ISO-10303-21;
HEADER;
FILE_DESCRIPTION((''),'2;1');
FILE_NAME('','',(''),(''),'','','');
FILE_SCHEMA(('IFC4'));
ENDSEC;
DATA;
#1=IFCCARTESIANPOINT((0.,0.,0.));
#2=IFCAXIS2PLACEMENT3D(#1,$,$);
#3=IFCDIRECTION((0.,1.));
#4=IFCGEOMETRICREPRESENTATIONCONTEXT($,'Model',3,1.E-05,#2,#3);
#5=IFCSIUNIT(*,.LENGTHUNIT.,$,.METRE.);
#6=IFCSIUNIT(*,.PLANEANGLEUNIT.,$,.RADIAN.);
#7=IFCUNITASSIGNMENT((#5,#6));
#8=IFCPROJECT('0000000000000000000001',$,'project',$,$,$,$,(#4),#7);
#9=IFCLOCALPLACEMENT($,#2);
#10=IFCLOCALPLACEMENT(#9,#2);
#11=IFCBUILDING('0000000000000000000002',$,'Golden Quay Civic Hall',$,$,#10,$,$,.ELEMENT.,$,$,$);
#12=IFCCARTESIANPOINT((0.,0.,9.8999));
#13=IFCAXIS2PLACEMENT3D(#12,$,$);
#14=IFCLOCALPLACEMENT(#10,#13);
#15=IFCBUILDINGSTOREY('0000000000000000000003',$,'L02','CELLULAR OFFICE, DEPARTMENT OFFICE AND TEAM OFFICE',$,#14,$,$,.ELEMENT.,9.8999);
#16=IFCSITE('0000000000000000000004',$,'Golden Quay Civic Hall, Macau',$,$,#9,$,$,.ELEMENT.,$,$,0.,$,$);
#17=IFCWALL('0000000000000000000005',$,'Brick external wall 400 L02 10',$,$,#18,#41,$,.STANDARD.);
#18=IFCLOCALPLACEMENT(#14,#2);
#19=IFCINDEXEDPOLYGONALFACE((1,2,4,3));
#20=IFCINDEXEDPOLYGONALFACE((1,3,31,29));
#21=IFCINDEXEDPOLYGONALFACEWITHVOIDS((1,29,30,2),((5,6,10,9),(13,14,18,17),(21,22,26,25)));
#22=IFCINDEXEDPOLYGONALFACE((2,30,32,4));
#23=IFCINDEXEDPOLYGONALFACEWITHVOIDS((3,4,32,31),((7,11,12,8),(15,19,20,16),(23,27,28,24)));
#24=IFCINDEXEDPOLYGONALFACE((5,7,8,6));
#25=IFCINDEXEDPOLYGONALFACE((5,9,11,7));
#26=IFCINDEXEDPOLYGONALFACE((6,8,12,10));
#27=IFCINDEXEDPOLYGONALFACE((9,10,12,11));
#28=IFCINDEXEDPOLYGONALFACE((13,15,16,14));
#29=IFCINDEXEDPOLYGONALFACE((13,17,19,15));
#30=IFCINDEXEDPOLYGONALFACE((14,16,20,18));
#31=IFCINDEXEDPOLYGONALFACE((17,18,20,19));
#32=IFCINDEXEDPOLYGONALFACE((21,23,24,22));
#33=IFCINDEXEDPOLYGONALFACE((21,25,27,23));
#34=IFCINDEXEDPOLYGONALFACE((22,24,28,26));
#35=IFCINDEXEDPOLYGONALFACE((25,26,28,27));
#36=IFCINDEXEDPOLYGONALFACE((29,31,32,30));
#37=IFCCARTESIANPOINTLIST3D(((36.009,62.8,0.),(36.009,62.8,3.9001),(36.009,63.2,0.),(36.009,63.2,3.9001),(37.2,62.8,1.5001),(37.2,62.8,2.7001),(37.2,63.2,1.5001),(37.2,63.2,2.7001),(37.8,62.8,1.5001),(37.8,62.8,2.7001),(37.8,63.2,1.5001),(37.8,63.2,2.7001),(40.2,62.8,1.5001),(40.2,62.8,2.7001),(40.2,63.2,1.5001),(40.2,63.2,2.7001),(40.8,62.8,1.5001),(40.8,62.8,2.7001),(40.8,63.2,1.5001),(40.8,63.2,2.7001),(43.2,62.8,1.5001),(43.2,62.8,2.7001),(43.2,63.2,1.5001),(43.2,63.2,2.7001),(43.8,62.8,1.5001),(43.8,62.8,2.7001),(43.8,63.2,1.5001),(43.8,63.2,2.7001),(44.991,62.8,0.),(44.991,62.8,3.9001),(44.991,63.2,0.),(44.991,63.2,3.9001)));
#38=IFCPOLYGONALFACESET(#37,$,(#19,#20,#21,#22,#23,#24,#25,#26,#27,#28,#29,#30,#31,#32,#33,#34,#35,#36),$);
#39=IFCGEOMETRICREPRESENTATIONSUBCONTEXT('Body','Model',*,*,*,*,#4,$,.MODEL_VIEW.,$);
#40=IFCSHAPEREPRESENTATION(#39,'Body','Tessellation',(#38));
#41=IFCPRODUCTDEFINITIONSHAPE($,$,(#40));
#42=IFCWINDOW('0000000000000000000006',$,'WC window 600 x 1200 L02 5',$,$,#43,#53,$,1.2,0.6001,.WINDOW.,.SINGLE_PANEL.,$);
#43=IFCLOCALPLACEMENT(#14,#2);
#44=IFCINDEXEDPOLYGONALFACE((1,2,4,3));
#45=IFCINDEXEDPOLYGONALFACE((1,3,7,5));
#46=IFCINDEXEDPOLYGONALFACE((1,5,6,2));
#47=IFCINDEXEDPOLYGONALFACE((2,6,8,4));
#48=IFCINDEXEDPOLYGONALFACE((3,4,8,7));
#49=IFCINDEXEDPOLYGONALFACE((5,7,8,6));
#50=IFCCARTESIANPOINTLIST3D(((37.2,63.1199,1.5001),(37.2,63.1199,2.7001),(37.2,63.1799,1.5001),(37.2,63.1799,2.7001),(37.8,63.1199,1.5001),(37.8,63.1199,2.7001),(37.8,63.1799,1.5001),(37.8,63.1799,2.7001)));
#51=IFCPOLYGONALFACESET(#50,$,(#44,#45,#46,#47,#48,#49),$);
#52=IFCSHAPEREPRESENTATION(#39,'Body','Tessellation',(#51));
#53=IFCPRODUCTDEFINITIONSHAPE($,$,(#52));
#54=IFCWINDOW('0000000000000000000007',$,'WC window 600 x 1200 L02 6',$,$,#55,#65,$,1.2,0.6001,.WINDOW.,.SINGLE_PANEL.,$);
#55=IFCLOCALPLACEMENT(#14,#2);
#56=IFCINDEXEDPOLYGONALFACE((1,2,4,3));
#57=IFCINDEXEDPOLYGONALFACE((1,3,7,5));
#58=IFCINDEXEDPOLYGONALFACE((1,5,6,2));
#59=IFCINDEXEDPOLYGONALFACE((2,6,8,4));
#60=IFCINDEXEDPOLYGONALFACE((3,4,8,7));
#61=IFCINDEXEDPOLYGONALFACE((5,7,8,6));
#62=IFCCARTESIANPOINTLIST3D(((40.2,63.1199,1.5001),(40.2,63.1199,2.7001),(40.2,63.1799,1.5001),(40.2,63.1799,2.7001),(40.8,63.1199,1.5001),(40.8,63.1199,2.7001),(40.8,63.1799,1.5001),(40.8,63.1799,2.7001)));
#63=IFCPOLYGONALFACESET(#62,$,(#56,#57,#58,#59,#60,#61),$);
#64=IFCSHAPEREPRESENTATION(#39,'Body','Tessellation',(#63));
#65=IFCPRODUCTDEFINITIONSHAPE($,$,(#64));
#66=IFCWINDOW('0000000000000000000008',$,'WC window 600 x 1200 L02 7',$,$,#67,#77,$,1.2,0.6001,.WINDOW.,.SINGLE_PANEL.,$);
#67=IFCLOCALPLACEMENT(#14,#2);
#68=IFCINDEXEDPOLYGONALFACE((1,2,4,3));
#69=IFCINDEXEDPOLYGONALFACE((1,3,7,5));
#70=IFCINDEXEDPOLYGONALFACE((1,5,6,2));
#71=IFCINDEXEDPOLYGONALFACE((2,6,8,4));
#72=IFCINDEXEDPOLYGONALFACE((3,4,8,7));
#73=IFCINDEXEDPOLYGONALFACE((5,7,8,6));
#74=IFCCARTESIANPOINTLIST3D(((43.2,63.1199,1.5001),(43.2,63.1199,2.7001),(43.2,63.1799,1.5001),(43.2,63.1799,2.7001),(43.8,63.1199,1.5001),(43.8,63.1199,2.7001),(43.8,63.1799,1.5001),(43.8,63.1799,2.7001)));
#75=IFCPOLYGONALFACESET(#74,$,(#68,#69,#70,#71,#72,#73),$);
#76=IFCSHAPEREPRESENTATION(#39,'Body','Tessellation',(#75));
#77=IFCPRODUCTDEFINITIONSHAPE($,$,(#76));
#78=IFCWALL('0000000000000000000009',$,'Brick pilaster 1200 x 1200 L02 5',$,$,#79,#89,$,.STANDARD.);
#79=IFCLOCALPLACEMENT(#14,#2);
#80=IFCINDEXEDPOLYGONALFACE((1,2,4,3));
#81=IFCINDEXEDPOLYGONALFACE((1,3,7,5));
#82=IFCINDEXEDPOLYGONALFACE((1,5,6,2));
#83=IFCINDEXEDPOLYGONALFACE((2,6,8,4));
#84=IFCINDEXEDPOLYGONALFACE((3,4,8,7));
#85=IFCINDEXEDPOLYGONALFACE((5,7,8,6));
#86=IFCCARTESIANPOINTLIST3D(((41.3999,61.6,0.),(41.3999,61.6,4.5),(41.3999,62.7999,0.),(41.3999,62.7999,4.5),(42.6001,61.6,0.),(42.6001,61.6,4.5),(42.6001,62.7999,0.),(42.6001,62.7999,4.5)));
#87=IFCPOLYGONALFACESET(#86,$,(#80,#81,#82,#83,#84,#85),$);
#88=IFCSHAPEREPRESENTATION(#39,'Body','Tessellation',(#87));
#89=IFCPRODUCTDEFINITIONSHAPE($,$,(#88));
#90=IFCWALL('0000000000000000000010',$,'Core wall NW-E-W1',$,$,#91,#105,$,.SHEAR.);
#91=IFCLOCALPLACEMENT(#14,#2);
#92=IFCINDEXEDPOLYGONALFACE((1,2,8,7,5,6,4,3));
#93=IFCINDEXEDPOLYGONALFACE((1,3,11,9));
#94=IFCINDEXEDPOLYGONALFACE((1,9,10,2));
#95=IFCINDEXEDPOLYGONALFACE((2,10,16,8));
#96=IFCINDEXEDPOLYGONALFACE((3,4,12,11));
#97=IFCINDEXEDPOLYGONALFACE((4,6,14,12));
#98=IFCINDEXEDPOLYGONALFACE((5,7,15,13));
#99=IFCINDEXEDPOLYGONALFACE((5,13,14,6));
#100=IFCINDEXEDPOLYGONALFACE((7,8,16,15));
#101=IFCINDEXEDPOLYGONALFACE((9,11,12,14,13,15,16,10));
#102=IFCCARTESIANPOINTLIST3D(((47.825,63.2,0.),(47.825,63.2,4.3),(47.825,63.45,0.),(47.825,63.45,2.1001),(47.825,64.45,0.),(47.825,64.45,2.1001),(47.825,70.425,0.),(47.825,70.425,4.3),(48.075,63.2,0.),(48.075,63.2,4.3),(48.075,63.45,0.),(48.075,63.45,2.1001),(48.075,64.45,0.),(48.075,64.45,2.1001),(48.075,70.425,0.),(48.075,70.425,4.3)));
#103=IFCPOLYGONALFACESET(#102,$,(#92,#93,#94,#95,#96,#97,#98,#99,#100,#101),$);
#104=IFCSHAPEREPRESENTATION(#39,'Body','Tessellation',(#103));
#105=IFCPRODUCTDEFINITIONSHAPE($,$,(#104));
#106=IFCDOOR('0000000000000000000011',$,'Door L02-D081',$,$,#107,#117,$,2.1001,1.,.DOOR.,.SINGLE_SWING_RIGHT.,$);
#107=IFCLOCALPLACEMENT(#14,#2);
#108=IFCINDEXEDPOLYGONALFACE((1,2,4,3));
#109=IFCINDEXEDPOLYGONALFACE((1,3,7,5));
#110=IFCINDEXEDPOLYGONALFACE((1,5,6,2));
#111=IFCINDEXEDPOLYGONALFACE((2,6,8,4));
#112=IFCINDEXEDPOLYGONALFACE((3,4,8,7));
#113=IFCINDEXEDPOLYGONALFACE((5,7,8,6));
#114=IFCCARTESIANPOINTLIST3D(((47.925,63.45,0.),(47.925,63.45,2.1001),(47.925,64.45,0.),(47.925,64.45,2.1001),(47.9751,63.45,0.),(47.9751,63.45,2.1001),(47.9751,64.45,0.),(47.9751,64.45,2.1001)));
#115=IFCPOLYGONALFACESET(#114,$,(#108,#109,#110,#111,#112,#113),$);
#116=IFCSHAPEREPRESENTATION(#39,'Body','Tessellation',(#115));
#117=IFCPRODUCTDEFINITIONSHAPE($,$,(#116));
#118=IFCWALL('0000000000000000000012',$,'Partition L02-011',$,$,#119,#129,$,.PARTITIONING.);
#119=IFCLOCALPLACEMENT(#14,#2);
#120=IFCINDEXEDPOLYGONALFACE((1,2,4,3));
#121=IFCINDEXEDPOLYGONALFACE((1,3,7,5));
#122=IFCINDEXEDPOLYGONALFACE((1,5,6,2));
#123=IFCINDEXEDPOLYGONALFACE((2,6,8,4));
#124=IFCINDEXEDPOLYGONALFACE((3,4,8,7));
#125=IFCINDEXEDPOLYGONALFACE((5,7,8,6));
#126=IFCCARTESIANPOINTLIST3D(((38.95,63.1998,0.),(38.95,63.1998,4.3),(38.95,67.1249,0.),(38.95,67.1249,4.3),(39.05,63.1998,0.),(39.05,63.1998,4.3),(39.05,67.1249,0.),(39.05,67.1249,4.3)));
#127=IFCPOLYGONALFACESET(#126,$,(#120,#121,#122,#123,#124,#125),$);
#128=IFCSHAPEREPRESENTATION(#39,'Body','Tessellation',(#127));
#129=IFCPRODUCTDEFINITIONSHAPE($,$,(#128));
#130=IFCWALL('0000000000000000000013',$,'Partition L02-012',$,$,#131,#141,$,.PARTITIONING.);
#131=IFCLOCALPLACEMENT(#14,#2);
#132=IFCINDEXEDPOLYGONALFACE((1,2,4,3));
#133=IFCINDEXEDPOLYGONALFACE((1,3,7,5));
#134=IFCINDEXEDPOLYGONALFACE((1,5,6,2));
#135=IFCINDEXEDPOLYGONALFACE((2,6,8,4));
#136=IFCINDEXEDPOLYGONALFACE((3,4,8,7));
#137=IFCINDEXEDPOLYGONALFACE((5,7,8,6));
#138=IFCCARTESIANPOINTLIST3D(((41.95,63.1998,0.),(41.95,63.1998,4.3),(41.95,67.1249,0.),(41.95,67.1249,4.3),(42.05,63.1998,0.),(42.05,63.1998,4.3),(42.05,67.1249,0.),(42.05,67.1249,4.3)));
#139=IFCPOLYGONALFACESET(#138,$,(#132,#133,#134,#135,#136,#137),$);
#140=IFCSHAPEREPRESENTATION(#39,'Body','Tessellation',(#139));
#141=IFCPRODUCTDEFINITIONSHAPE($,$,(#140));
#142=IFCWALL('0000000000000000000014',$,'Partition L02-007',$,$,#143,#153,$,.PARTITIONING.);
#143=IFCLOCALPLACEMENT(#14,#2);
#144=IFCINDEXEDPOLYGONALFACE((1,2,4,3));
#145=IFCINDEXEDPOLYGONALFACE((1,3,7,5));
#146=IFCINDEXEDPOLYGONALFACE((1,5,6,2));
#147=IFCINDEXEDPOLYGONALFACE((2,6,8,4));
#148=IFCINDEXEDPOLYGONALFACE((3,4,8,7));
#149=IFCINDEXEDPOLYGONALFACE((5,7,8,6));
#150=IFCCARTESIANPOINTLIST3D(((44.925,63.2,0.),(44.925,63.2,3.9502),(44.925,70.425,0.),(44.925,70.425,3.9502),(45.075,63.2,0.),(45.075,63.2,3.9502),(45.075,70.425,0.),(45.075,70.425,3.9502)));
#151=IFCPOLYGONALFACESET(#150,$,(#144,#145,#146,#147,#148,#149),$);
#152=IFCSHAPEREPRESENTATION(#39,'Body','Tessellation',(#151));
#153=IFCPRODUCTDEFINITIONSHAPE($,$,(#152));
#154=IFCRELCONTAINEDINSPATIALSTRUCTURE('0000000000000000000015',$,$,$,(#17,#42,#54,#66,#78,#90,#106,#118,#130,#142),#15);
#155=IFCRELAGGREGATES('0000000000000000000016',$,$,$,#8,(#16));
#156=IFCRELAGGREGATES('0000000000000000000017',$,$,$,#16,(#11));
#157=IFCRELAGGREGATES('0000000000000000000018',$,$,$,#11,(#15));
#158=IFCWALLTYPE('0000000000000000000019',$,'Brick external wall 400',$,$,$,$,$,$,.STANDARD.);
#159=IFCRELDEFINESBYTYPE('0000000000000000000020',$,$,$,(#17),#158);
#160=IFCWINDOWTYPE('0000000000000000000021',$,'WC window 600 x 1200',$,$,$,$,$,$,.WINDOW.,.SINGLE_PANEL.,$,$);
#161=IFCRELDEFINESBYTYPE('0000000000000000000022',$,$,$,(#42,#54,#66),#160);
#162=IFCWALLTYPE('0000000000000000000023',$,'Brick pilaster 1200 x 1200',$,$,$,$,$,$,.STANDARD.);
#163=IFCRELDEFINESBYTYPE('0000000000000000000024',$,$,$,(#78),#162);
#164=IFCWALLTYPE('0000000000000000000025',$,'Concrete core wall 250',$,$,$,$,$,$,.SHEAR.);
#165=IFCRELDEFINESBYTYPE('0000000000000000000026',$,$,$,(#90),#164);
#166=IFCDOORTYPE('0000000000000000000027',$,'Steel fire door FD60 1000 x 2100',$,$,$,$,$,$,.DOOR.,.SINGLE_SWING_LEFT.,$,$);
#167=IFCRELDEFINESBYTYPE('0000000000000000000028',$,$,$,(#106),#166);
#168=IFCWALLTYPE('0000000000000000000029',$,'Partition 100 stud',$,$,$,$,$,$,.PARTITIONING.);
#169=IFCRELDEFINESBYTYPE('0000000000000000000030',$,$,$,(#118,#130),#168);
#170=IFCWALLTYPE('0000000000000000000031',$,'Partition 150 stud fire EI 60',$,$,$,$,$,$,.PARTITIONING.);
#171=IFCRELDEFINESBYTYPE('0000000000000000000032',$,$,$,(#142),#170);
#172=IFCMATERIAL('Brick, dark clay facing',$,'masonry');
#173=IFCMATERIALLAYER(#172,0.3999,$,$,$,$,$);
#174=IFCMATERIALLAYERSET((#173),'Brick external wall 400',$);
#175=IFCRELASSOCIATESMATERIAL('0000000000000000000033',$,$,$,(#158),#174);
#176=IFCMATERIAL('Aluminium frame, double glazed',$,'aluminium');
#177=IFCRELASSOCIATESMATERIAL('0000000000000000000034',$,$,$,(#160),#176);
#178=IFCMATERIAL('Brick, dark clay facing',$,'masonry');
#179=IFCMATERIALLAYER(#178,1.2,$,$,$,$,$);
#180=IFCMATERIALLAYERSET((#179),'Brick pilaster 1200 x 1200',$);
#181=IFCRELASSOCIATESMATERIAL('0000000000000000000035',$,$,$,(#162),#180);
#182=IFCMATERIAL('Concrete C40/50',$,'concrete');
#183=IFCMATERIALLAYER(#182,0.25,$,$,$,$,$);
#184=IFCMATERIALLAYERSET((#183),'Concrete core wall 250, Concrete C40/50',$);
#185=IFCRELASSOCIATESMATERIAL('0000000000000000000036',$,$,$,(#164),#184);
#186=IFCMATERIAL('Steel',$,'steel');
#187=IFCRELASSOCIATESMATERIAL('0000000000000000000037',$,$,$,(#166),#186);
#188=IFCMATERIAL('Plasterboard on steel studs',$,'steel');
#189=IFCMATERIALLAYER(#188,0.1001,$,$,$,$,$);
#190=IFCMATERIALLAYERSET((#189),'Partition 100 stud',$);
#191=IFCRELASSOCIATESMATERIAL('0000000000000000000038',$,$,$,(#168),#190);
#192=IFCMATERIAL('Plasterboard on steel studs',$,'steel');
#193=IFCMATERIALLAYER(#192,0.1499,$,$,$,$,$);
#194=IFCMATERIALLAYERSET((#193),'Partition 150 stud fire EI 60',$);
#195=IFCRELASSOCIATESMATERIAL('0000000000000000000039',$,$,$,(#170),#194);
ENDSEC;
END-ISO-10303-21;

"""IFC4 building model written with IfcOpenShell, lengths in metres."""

from ifc_helpers import new_model, si_unit, direction, frame, frame_2d, origin, place, context, subcontext, project, spatial, rectangle, extrude, material, layer, layer_set, type_object, element, fill, save


model = new_model("IFC4")

# Units and contexts
model_context = context("Model", 3, precision=1e-05, world=origin(), true_north=direction((0.0, 1.0)))
body_context = subcontext(model_context, "Body", "Model", "MODEL_VIEW")
ifc_project = project(units=[si_unit("LENGTHUNIT", "METRE"), si_unit("PLANEANGLEUNIT", "RADIAN")], contexts=[model_context])

# Site, building, storey
site_placement = place(None, origin())
site = spatial("IfcSite", under=ifc_project, at=site_placement, Name="Golden Quay Civic Hall, Macau", CompositionType="ELEMENT", RefElevation=0.0)
building_placement = place(site_placement, origin())
building = spatial("IfcBuilding", under=site, at=building_placement, Name="Golden Quay Civic Hall", CompositionType="ELEMENT")
storey_placement = place(building_placement, frame((0.0, 0.0, 9.8999)))
storey = spatial("IfcBuildingStorey", under=building, at=storey_placement, Name="L02", Description="CELLULAR OFFICE, DEPARTMENT OFFICE AND TEAM OFFICE", CompositionType="ELEMENT", Elevation=9.8999)

# Wall, openings, windows
ifc_material_1 = material(Name="Brick, dark clay facing", Category="masonry")
ifc_layer_1 = layer(ifc_material_1, 0.3999)
ifc_layer_set_1 = layer_set([ifc_layer_1], Name="Brick external wall 400")
wall_type_1 = type_object("IfcWallType", Name="Brick external wall 400", PredefinedType="STANDARD", material=ifc_layer_set_1)
wall_1_placement = place(storey_placement, frame((44.991, 63.0, 0.0), z_axis=(0.0, 0.0, 1.0), x_axis=(-1.0, 0.0, 0.0)))
wall_1 = element("IfcWall", 1, at=wall_1_placement, inside=storey, type_object=wall_type_1, Name="Brick external wall 400 L02 10", PredefinedType="STANDARD", context=body_context, shape_type="SweptSolid", body=[
    extrude(rectangle(XDim=8.9819, YDim=0.3999, at=frame_2d((4.491, 0.0))), origin(), (0.0, 0.0, 1.0), 3.9001),
])
opening_1_placement = place(wall_1_placement, frame((7.1909, 0.0, 1.5)))
opening_1 = element("IfcOpeningElement", 2, at=opening_1_placement, cuts=wall_1, PredefinedType="OPENING", context=body_context, shape_type="SweptSolid", body=[
    extrude(rectangle(XDim=0.6001, YDim=1.2, at=frame_2d((0.3, 0.6001))), frame((0.0, 0.21, 0.0), z_axis=(0.0, -1.0, 0.0), x_axis=(1.0, 0.0, 0.0)), (0.0, 0.0, 1.0), 0.4199),
])
opening_2_placement = place(wall_1_placement, frame((4.1909, 0.0, 1.5)))
opening_2 = element("IfcOpeningElement", 3, at=opening_2_placement, cuts=wall_1, PredefinedType="OPENING", context=body_context, shape_type="SweptSolid", body=[
    extrude(rectangle(XDim=0.6001, YDim=1.2, at=frame_2d((0.3, 0.6001))), frame((0.0, 0.21, 0.0), z_axis=(0.0, -1.0, 0.0), x_axis=(1.0, 0.0, 0.0)), (0.0, 0.0, 1.0), 0.4199),
])
opening_3_placement = place(wall_1_placement, frame((1.1909, 0.0, 1.5)))
opening_3 = element("IfcOpeningElement", 4, at=opening_3_placement, cuts=wall_1, PredefinedType="OPENING", context=body_context, shape_type="SweptSolid", body=[
    extrude(rectangle(XDim=0.6001, YDim=1.2, at=frame_2d((0.3, 0.6001))), frame((0.0, 0.21, 0.0), z_axis=(0.0, -1.0, 0.0), x_axis=(1.0, 0.0, 0.0)), (0.0, 0.0, 1.0), 0.4199),
])
ifc_material_2 = material(Name="Aluminium frame, double glazed", Category="aluminium")
window_type = type_object("IfcWindowType", Name="WC window 600 x 1200", PartitioningType="SINGLE_PANEL", PredefinedType="WINDOW", material=ifc_material_2)
window_1_placement = place(opening_1_placement, origin())
window_1 = element("IfcWindow", 5, at=window_1_placement, inside=storey, type_object=window_type, Name="WC window 600 x 1200 L02 5", OverallHeight=1.2, OverallWidth=0.6001, PartitioningType="SINGLE_PANEL", PredefinedType="WINDOW", context=body_context, shape_type="SweptSolid", body=[
    extrude(rectangle(XDim=0.6001, YDim=1.2, at=frame_2d((0.3, 0.6001))), frame((0.0, -0.1199, 0.0), z_axis=(0.0, -1.0, 0.0), x_axis=(1.0, 0.0, 0.0)), (0.0, 0.0, 1.0), 0.0601),
])
fill(opening_1, window_1)
window_2_placement = place(opening_2_placement, origin())
window_2 = element("IfcWindow", 6, at=window_2_placement, inside=storey, type_object=window_type, Name="WC window 600 x 1200 L02 6", OverallHeight=1.2, OverallWidth=0.6001, PartitioningType="SINGLE_PANEL", PredefinedType="WINDOW", context=body_context, shape_type="SweptSolid", body=[
    extrude(rectangle(XDim=0.6001, YDim=1.2, at=frame_2d((0.3, 0.6001))), frame((0.0, -0.1199, 0.0), z_axis=(0.0, -1.0, 0.0), x_axis=(1.0, 0.0, 0.0)), (0.0, 0.0, 1.0), 0.0601),
])
fill(opening_2, window_2)
window_3_placement = place(opening_3_placement, origin())
window_3 = element("IfcWindow", 7, at=window_3_placement, inside=storey, type_object=window_type, Name="WC window 600 x 1200 L02 7", OverallHeight=1.2, OverallWidth=0.6001, PartitioningType="SINGLE_PANEL", PredefinedType="WINDOW", context=body_context, shape_type="SweptSolid", body=[
    extrude(rectangle(XDim=0.6001, YDim=1.2, at=frame_2d((0.3, 0.6001))), frame((0.0, -0.1199, 0.0), z_axis=(0.0, -1.0, 0.0), x_axis=(1.0, 0.0, 0.0)), (0.0, 0.0, 1.0), 0.0601),
])
fill(opening_3, window_3)

# Wall
ifc_material_3 = material(Name="Brick, dark clay facing", Category="masonry")
ifc_layer_2 = layer(ifc_material_3, 1.2)
ifc_layer_set_2 = layer_set([ifc_layer_2], Name="Brick pilaster 1200 x 1200")
wall_type_2 = type_object("IfcWallType", Name="Brick pilaster 1200 x 1200", PredefinedType="STANDARD", material=ifc_layer_set_2)
wall_2_placement = place(storey_placement, frame((41.3999, 62.2, 0.0), z_axis=(0.0, 0.0, 1.0), x_axis=(1.0, 0.0, 0.0)))
element("IfcWall", 8, at=wall_2_placement, inside=storey, type_object=wall_type_2, Name="Brick pilaster 1200 x 1200 L02 5", PredefinedType="STANDARD", context=body_context, shape_type="SweptSolid", body=[
    extrude(rectangle(XDim=1.2002, YDim=1.2, at=frame_2d((0.6001, 0.0))), origin(), (0.0, 0.0, 1.0), 4.5),
])

# Wall, opening, door
ifc_material_4 = material(Name="Concrete C40/50", Category="concrete")
ifc_layer_3 = layer(ifc_material_4, 0.25)
ifc_layer_set_3 = layer_set([ifc_layer_3], Name="Concrete core wall 250, Concrete C40/50")
wall_type_3 = type_object("IfcWallType", Name="Concrete core wall 250", PredefinedType="SHEAR", material=ifc_layer_set_3)
wall_3_placement = place(storey_placement, frame((47.95, 63.2, 0.0), z_axis=(0.0, 0.0, 1.0), x_axis=(0.0, 1.0, 0.0)))
wall_3 = element("IfcWall", 9, at=wall_3_placement, inside=storey, type_object=wall_type_3, Name="Core wall NW-E-W1", PredefinedType="SHEAR", context=body_context, shape_type="SweptSolid", body=[
    extrude(rectangle(XDim=7.2251, YDim=0.25, at=frame_2d((3.6125, 0.0))), origin(), (0.0, 0.0, 1.0), 4.3),
])
opening_4_placement = place(wall_3_placement, frame((0.25, 0.0, 0.0)))
opening_4 = element("IfcOpeningElement", 10, at=opening_4_placement, cuts=wall_3, PredefinedType="OPENING", context=body_context, shape_type="SweptSolid", body=[
    extrude(rectangle(XDim=1.0, YDim=2.1001, at=frame_2d((0.5, 1.05))), frame((0.0, 0.135, 0.0), z_axis=(0.0, -1.0, 0.0), x_axis=(1.0, 0.0, 0.0)), (0.0, 0.0, 1.0), 0.27),
])
ifc_material_5 = material(Name="Steel", Category="steel")
door_type = type_object("IfcDoorType", Name="Steel fire door FD60 1000 x 2100", OperationType="SINGLE_SWING_LEFT", PredefinedType="DOOR", material=ifc_material_5)
door_placement = place(opening_4_placement, frame((1.0, 0.0, 0.0), z_axis=(0.0, 0.0, 1.0), x_axis=(-1.0, 0.0, 0.0)))
door = element("IfcDoor", 11, at=door_placement, inside=storey, type_object=door_type, Name="Door L02-D081", OperationType="SINGLE_SWING_RIGHT", OverallHeight=2.1001, OverallWidth=1.0, PredefinedType="DOOR", context=body_context, shape_type="SweptSolid", body=[
    extrude(rectangle(XDim=1.0, YDim=2.1001, at=frame_2d((0.5, 1.05))), frame((0.0, 0.0251, 0.0), z_axis=(0.0, -1.0, 0.0), x_axis=(1.0, 0.0, 0.0)), (0.0, 0.0, 1.0), 0.05),
])
fill(opening_4, door)

# Walls
ifc_material_6 = material(Name="Plasterboard on steel studs", Category="steel")
ifc_layer_4 = layer(ifc_material_6, 0.1001)
ifc_layer_set_4 = layer_set([ifc_layer_4], Name="Partition 100 stud")
wall_type_4 = type_object("IfcWallType", Name="Partition 100 stud", PredefinedType="PARTITIONING", material=ifc_layer_set_4)
for number, where, z_axis, x_axis, name in (
    (12, (39.0, 63.2, 0.0), (0.0, 0.0, 1.0), (0.0, 1.0, 0.0), "Partition L02-011"),
    (13, (42.0, 63.2, 0.0), (0.0, 0.0, 1.0), (0.0, 1.0, 0.0), "Partition L02-012"),
):
    element("IfcWall", number, at=place(storey_placement, frame(where, z_axis=z_axis, x_axis=x_axis)), inside=storey, type_object=wall_type_4, Name=name, PredefinedType="PARTITIONING", context=body_context, shape_type="SweptSolid", body=[
        extrude(rectangle(XDim=3.925, YDim=0.1001, at=frame_2d((1.9624, 0.0))), origin(), (0.0, 0.0, 1.0), 4.3),
    ])
ifc_material_7 = material(Name="Plasterboard on steel studs", Category="steel")
ifc_layer_5 = layer(ifc_material_7, 0.1499)
ifc_layer_set_5 = layer_set([ifc_layer_5], Name="Partition 150 stud fire EI 60")
wall_type_5 = type_object("IfcWallType", Name="Partition 150 stud fire EI 60", PredefinedType="PARTITIONING", material=ifc_layer_set_5)
wall_4_placement = place(storey_placement, frame((45.0, 63.2, 0.0), z_axis=(0.0, 0.0, 1.0), x_axis=(0.0, 1.0, 0.0)))
element("IfcWall", 14, at=wall_4_placement, inside=storey, type_object=wall_type_5, Name="Partition L02-007", PredefinedType="PARTITIONING", context=body_context, shape_type="SweptSolid", body=[
    extrude(rectangle(XDim=7.2251, YDim=0.1499, at=frame_2d((3.6125, 0.0))), origin(), (0.0, 0.0, 1.0), 3.9502),
])

save(model, "model.ifc")
